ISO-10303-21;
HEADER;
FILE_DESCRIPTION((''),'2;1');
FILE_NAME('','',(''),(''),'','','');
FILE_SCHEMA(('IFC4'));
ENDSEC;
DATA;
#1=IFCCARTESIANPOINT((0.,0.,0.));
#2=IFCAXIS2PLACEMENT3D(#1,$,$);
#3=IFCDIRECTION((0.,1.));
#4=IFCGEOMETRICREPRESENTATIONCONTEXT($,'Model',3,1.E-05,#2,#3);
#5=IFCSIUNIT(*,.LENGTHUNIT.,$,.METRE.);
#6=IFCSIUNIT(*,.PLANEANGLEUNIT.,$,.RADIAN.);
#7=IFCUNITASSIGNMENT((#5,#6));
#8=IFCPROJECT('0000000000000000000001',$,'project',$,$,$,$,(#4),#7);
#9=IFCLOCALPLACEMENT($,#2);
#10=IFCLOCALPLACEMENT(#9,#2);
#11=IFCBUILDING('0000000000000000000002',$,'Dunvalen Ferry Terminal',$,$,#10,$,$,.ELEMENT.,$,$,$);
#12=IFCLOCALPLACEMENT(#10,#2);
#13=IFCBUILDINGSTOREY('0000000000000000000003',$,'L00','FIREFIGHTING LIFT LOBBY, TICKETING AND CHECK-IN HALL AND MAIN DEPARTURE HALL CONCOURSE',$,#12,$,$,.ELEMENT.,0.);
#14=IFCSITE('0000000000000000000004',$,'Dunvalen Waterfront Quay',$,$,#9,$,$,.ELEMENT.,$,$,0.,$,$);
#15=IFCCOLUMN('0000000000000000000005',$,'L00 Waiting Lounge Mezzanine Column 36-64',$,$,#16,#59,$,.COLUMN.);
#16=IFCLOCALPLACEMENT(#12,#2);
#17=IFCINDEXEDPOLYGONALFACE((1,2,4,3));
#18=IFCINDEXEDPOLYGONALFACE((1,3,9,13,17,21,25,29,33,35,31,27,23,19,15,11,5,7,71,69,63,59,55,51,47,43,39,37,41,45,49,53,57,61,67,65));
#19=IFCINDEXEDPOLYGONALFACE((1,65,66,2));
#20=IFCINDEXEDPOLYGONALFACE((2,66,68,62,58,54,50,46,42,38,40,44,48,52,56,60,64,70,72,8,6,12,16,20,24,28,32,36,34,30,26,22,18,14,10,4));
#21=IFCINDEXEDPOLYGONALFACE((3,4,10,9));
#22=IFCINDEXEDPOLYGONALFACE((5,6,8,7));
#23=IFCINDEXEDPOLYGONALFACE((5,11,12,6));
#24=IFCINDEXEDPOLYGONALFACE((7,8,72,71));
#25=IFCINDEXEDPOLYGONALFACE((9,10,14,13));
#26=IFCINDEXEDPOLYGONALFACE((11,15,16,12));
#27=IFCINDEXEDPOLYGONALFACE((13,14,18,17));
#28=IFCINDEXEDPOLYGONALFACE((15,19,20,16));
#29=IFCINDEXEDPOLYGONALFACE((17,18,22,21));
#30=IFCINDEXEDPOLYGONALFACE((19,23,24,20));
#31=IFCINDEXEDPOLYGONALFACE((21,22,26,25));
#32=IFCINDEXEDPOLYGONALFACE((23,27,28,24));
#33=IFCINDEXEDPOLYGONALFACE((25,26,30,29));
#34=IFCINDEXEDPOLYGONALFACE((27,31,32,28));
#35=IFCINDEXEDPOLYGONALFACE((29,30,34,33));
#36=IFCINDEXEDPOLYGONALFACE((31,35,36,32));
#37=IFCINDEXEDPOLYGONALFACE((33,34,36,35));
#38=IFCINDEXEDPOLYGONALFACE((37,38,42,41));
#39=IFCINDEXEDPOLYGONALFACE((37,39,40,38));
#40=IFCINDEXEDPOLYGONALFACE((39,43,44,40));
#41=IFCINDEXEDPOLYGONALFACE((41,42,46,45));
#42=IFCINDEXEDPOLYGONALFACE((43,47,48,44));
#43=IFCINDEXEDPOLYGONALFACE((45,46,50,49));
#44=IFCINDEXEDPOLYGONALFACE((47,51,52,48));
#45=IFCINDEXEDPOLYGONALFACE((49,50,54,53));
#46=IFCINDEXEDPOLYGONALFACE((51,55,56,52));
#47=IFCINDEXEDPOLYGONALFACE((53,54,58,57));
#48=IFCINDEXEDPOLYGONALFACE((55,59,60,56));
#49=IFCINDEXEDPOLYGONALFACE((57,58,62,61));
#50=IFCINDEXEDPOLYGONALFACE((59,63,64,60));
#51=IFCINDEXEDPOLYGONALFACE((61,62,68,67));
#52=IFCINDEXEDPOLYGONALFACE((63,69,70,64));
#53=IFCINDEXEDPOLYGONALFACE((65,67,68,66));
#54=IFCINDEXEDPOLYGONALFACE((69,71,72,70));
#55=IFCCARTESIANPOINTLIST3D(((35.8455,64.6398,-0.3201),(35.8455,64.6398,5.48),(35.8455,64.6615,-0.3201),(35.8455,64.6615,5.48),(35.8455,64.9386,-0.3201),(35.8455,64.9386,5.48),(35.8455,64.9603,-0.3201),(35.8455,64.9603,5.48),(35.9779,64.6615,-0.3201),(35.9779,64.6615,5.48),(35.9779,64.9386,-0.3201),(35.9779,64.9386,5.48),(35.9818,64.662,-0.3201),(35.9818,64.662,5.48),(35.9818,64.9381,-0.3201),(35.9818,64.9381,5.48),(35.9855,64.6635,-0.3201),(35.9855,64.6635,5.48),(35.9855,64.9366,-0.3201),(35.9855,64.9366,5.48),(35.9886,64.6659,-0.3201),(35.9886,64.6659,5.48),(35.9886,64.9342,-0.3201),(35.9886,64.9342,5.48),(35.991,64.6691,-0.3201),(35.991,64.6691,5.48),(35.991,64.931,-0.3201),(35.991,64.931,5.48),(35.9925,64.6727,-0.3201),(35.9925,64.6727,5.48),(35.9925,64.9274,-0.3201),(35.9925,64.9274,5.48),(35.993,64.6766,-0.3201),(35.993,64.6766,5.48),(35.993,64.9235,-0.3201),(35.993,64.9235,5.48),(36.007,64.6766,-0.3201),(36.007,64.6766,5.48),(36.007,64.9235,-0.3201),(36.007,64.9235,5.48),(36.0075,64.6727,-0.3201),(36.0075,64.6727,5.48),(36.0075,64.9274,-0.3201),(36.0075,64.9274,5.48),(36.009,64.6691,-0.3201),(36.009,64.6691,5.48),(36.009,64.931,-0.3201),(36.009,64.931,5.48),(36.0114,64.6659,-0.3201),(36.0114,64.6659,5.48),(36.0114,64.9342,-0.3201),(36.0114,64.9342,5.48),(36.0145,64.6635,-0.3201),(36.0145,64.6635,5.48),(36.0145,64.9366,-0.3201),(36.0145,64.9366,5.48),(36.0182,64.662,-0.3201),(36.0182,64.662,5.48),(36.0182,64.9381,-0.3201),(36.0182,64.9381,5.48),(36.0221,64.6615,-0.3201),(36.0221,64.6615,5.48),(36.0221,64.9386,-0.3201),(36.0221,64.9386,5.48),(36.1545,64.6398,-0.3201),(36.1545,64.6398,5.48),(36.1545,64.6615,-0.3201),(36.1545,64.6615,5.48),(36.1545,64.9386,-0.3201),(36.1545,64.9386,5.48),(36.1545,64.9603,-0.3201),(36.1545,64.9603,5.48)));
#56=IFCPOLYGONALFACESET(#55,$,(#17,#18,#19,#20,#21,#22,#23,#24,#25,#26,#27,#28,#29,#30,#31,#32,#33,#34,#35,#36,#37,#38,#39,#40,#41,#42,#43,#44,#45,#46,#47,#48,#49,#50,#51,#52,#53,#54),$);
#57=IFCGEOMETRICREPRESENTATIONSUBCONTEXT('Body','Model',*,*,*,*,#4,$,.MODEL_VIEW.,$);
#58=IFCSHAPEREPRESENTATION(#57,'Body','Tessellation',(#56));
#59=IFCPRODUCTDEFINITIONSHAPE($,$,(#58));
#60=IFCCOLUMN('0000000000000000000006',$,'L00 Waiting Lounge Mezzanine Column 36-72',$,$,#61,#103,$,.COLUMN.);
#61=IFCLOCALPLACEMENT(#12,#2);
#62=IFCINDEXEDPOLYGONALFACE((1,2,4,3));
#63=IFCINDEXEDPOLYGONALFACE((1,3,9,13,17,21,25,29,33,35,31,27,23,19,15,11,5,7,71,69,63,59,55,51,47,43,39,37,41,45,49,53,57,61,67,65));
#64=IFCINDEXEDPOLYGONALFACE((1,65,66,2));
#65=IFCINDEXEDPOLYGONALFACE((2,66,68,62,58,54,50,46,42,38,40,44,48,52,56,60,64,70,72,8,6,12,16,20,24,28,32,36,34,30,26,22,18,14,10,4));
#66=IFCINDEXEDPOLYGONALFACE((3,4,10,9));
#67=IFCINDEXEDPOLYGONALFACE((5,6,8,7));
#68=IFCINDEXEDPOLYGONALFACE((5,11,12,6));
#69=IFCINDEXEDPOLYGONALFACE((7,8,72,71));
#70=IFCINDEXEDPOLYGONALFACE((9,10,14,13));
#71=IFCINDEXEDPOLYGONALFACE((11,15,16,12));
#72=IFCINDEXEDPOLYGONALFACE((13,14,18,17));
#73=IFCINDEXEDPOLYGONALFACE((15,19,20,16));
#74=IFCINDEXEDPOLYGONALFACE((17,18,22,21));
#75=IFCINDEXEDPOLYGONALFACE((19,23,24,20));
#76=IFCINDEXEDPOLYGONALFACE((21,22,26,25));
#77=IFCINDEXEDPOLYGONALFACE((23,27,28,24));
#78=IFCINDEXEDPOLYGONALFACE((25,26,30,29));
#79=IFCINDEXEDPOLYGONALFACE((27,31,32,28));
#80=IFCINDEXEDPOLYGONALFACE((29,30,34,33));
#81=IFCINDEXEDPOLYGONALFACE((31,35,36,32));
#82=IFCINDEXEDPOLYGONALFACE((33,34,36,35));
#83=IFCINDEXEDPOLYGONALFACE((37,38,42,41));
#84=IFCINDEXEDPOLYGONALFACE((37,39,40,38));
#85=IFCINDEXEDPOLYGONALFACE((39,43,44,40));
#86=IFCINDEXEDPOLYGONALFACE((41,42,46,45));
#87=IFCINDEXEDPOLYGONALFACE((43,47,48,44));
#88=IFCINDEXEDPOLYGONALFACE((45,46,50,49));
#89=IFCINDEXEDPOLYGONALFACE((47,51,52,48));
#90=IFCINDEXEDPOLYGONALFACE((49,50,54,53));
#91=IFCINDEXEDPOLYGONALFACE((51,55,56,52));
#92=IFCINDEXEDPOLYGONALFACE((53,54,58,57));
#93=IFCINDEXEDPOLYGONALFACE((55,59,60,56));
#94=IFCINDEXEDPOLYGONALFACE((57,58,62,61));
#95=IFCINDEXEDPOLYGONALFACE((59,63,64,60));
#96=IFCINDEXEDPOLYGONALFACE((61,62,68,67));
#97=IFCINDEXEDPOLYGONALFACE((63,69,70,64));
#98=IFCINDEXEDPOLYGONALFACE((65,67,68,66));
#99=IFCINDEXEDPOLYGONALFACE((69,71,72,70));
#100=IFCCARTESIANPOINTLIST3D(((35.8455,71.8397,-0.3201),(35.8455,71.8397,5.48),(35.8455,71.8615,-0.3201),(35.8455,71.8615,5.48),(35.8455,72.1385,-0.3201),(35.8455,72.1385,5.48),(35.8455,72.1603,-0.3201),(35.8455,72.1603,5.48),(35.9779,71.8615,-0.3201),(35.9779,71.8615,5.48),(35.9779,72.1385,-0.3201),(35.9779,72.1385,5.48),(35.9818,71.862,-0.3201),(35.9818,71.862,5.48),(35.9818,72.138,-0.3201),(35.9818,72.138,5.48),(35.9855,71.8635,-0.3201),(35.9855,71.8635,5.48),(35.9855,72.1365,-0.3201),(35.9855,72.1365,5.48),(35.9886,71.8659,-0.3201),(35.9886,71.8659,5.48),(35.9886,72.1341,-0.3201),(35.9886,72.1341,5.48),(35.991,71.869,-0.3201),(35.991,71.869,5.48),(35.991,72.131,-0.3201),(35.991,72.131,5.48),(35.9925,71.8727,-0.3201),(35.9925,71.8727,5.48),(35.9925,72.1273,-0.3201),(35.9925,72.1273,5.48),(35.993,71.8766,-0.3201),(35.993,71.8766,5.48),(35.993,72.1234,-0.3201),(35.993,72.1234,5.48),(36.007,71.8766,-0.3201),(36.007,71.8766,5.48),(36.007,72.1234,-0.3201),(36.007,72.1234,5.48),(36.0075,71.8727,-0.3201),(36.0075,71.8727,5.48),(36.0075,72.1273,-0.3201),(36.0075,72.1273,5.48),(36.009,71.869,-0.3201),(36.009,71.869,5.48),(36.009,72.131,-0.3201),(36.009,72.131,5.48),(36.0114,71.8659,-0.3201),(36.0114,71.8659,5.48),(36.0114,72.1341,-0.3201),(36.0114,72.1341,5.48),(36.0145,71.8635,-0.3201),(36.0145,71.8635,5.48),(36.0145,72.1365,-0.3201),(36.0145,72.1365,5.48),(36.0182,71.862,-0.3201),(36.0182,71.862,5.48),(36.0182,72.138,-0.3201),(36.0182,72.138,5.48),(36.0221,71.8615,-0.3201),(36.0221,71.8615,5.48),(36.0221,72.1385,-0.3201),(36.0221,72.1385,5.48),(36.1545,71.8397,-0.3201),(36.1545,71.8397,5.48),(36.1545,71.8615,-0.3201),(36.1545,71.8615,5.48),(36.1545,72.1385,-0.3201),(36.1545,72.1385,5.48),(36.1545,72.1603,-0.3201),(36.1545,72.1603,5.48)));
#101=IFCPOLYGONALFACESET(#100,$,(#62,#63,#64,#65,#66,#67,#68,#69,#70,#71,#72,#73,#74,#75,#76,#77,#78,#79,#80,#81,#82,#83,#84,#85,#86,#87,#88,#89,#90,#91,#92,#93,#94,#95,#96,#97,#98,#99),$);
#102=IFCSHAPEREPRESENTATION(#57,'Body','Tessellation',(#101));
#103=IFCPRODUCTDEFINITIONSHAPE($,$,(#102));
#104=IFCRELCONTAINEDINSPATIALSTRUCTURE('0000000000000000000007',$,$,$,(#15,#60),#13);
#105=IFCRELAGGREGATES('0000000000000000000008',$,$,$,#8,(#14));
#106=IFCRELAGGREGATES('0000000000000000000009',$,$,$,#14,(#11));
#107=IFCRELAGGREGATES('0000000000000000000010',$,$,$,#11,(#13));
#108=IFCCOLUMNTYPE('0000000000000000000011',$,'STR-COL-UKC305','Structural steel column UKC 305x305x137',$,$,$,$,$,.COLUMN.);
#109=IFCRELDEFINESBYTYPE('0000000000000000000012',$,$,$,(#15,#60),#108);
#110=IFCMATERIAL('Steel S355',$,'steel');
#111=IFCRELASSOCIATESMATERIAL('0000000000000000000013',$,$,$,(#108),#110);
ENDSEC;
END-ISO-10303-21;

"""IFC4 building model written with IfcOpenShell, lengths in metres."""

from ifc_helpers import new_model, si_unit, direction, frame, origin, origin_2d, place, context, subcontext, project, spatial, i_section, extrude, material, material_profile, profile_set, type_object, element, save


model = new_model("IFC4")

# Units and contexts
model_context = context("Model", 3, precision=1e-05, world=origin(), true_north=direction((0.0, 1.0)))
body_context = subcontext(model_context, "Body", "Model", "MODEL_VIEW")
ifc_project = project(units=[si_unit("LENGTHUNIT", "METRE"), si_unit("PLANEANGLEUNIT", "RADIAN")], contexts=[model_context])

# Site, building, storey
site_placement = place(None, origin())
site = spatial("IfcSite", under=ifc_project, at=site_placement, Name="Dunvalen Waterfront Quay", CompositionType="ELEMENT", RefElevation=0.0)
building_placement = place(site_placement, origin())
building = spatial("IfcBuilding", under=site, at=building_placement, Name="Dunvalen Ferry Terminal", CompositionType="ELEMENT")
storey_placement = place(building_placement, origin())
storey = spatial("IfcBuildingStorey", under=building, at=storey_placement, Name="L00", Description="FIREFIGHTING LIFT LOBBY, TICKETING AND CHECK-IN HALL AND MAIN DEPARTURE HALL CONCOURSE", CompositionType="ELEMENT", Elevation=0.0)

# Columns
ifc_material_1 = material(Name="Steel S355", Category="steel")
ifc_material_profile_1 = material_profile(ifc_material_1, i_section(OverallWidth=0.3091, OverallDepth=0.3206, WebThickness=0.0139, FlangeThickness=0.0217, FilletRadius=0.0151, at=origin_2d()), Name="Steel S355")
ifc_profile_set_1 = profile_set([ifc_material_profile_1], Name="Steel S355")
column_type_1 = type_object("IfcColumnType", Name="STR-COL-UKC305", Description="Structural steel column UKC 305x305x137", PredefinedType="COLUMN", material=ifc_profile_set_1)
for number, where, z_axis, x_axis, name in (
    (1, (36.0, 64.8, -0.3201), (0.0, 0.0, 1.0), (1.0, 0.0, 0.0), "L00 Waiting Lounge Mezzanine Column 36-64"),
    (2, (36.0, 72.0, -0.3201), (0.0, 0.0, 1.0), (1.0, 0.0, 0.0), "L00 Waiting Lounge Mezzanine Column 36-72"),
):
    element("IfcColumn", number, at=place(storey_placement, frame(where, z_axis=z_axis, x_axis=x_axis)), inside=storey, type_object=column_type_1, Name=name, PredefinedType="COLUMN", context=body_context, shape_type="SweptSolid", body=[
        extrude(i_section(OverallWidth=0.3091, OverallDepth=0.3206, WebThickness=0.0139, FlangeThickness=0.0217, FilletRadius=0.0151, at=origin_2d()), origin(), (0.0, 0.0, 1.0), 5.8),
    ])

save(model, "model.ifc")
